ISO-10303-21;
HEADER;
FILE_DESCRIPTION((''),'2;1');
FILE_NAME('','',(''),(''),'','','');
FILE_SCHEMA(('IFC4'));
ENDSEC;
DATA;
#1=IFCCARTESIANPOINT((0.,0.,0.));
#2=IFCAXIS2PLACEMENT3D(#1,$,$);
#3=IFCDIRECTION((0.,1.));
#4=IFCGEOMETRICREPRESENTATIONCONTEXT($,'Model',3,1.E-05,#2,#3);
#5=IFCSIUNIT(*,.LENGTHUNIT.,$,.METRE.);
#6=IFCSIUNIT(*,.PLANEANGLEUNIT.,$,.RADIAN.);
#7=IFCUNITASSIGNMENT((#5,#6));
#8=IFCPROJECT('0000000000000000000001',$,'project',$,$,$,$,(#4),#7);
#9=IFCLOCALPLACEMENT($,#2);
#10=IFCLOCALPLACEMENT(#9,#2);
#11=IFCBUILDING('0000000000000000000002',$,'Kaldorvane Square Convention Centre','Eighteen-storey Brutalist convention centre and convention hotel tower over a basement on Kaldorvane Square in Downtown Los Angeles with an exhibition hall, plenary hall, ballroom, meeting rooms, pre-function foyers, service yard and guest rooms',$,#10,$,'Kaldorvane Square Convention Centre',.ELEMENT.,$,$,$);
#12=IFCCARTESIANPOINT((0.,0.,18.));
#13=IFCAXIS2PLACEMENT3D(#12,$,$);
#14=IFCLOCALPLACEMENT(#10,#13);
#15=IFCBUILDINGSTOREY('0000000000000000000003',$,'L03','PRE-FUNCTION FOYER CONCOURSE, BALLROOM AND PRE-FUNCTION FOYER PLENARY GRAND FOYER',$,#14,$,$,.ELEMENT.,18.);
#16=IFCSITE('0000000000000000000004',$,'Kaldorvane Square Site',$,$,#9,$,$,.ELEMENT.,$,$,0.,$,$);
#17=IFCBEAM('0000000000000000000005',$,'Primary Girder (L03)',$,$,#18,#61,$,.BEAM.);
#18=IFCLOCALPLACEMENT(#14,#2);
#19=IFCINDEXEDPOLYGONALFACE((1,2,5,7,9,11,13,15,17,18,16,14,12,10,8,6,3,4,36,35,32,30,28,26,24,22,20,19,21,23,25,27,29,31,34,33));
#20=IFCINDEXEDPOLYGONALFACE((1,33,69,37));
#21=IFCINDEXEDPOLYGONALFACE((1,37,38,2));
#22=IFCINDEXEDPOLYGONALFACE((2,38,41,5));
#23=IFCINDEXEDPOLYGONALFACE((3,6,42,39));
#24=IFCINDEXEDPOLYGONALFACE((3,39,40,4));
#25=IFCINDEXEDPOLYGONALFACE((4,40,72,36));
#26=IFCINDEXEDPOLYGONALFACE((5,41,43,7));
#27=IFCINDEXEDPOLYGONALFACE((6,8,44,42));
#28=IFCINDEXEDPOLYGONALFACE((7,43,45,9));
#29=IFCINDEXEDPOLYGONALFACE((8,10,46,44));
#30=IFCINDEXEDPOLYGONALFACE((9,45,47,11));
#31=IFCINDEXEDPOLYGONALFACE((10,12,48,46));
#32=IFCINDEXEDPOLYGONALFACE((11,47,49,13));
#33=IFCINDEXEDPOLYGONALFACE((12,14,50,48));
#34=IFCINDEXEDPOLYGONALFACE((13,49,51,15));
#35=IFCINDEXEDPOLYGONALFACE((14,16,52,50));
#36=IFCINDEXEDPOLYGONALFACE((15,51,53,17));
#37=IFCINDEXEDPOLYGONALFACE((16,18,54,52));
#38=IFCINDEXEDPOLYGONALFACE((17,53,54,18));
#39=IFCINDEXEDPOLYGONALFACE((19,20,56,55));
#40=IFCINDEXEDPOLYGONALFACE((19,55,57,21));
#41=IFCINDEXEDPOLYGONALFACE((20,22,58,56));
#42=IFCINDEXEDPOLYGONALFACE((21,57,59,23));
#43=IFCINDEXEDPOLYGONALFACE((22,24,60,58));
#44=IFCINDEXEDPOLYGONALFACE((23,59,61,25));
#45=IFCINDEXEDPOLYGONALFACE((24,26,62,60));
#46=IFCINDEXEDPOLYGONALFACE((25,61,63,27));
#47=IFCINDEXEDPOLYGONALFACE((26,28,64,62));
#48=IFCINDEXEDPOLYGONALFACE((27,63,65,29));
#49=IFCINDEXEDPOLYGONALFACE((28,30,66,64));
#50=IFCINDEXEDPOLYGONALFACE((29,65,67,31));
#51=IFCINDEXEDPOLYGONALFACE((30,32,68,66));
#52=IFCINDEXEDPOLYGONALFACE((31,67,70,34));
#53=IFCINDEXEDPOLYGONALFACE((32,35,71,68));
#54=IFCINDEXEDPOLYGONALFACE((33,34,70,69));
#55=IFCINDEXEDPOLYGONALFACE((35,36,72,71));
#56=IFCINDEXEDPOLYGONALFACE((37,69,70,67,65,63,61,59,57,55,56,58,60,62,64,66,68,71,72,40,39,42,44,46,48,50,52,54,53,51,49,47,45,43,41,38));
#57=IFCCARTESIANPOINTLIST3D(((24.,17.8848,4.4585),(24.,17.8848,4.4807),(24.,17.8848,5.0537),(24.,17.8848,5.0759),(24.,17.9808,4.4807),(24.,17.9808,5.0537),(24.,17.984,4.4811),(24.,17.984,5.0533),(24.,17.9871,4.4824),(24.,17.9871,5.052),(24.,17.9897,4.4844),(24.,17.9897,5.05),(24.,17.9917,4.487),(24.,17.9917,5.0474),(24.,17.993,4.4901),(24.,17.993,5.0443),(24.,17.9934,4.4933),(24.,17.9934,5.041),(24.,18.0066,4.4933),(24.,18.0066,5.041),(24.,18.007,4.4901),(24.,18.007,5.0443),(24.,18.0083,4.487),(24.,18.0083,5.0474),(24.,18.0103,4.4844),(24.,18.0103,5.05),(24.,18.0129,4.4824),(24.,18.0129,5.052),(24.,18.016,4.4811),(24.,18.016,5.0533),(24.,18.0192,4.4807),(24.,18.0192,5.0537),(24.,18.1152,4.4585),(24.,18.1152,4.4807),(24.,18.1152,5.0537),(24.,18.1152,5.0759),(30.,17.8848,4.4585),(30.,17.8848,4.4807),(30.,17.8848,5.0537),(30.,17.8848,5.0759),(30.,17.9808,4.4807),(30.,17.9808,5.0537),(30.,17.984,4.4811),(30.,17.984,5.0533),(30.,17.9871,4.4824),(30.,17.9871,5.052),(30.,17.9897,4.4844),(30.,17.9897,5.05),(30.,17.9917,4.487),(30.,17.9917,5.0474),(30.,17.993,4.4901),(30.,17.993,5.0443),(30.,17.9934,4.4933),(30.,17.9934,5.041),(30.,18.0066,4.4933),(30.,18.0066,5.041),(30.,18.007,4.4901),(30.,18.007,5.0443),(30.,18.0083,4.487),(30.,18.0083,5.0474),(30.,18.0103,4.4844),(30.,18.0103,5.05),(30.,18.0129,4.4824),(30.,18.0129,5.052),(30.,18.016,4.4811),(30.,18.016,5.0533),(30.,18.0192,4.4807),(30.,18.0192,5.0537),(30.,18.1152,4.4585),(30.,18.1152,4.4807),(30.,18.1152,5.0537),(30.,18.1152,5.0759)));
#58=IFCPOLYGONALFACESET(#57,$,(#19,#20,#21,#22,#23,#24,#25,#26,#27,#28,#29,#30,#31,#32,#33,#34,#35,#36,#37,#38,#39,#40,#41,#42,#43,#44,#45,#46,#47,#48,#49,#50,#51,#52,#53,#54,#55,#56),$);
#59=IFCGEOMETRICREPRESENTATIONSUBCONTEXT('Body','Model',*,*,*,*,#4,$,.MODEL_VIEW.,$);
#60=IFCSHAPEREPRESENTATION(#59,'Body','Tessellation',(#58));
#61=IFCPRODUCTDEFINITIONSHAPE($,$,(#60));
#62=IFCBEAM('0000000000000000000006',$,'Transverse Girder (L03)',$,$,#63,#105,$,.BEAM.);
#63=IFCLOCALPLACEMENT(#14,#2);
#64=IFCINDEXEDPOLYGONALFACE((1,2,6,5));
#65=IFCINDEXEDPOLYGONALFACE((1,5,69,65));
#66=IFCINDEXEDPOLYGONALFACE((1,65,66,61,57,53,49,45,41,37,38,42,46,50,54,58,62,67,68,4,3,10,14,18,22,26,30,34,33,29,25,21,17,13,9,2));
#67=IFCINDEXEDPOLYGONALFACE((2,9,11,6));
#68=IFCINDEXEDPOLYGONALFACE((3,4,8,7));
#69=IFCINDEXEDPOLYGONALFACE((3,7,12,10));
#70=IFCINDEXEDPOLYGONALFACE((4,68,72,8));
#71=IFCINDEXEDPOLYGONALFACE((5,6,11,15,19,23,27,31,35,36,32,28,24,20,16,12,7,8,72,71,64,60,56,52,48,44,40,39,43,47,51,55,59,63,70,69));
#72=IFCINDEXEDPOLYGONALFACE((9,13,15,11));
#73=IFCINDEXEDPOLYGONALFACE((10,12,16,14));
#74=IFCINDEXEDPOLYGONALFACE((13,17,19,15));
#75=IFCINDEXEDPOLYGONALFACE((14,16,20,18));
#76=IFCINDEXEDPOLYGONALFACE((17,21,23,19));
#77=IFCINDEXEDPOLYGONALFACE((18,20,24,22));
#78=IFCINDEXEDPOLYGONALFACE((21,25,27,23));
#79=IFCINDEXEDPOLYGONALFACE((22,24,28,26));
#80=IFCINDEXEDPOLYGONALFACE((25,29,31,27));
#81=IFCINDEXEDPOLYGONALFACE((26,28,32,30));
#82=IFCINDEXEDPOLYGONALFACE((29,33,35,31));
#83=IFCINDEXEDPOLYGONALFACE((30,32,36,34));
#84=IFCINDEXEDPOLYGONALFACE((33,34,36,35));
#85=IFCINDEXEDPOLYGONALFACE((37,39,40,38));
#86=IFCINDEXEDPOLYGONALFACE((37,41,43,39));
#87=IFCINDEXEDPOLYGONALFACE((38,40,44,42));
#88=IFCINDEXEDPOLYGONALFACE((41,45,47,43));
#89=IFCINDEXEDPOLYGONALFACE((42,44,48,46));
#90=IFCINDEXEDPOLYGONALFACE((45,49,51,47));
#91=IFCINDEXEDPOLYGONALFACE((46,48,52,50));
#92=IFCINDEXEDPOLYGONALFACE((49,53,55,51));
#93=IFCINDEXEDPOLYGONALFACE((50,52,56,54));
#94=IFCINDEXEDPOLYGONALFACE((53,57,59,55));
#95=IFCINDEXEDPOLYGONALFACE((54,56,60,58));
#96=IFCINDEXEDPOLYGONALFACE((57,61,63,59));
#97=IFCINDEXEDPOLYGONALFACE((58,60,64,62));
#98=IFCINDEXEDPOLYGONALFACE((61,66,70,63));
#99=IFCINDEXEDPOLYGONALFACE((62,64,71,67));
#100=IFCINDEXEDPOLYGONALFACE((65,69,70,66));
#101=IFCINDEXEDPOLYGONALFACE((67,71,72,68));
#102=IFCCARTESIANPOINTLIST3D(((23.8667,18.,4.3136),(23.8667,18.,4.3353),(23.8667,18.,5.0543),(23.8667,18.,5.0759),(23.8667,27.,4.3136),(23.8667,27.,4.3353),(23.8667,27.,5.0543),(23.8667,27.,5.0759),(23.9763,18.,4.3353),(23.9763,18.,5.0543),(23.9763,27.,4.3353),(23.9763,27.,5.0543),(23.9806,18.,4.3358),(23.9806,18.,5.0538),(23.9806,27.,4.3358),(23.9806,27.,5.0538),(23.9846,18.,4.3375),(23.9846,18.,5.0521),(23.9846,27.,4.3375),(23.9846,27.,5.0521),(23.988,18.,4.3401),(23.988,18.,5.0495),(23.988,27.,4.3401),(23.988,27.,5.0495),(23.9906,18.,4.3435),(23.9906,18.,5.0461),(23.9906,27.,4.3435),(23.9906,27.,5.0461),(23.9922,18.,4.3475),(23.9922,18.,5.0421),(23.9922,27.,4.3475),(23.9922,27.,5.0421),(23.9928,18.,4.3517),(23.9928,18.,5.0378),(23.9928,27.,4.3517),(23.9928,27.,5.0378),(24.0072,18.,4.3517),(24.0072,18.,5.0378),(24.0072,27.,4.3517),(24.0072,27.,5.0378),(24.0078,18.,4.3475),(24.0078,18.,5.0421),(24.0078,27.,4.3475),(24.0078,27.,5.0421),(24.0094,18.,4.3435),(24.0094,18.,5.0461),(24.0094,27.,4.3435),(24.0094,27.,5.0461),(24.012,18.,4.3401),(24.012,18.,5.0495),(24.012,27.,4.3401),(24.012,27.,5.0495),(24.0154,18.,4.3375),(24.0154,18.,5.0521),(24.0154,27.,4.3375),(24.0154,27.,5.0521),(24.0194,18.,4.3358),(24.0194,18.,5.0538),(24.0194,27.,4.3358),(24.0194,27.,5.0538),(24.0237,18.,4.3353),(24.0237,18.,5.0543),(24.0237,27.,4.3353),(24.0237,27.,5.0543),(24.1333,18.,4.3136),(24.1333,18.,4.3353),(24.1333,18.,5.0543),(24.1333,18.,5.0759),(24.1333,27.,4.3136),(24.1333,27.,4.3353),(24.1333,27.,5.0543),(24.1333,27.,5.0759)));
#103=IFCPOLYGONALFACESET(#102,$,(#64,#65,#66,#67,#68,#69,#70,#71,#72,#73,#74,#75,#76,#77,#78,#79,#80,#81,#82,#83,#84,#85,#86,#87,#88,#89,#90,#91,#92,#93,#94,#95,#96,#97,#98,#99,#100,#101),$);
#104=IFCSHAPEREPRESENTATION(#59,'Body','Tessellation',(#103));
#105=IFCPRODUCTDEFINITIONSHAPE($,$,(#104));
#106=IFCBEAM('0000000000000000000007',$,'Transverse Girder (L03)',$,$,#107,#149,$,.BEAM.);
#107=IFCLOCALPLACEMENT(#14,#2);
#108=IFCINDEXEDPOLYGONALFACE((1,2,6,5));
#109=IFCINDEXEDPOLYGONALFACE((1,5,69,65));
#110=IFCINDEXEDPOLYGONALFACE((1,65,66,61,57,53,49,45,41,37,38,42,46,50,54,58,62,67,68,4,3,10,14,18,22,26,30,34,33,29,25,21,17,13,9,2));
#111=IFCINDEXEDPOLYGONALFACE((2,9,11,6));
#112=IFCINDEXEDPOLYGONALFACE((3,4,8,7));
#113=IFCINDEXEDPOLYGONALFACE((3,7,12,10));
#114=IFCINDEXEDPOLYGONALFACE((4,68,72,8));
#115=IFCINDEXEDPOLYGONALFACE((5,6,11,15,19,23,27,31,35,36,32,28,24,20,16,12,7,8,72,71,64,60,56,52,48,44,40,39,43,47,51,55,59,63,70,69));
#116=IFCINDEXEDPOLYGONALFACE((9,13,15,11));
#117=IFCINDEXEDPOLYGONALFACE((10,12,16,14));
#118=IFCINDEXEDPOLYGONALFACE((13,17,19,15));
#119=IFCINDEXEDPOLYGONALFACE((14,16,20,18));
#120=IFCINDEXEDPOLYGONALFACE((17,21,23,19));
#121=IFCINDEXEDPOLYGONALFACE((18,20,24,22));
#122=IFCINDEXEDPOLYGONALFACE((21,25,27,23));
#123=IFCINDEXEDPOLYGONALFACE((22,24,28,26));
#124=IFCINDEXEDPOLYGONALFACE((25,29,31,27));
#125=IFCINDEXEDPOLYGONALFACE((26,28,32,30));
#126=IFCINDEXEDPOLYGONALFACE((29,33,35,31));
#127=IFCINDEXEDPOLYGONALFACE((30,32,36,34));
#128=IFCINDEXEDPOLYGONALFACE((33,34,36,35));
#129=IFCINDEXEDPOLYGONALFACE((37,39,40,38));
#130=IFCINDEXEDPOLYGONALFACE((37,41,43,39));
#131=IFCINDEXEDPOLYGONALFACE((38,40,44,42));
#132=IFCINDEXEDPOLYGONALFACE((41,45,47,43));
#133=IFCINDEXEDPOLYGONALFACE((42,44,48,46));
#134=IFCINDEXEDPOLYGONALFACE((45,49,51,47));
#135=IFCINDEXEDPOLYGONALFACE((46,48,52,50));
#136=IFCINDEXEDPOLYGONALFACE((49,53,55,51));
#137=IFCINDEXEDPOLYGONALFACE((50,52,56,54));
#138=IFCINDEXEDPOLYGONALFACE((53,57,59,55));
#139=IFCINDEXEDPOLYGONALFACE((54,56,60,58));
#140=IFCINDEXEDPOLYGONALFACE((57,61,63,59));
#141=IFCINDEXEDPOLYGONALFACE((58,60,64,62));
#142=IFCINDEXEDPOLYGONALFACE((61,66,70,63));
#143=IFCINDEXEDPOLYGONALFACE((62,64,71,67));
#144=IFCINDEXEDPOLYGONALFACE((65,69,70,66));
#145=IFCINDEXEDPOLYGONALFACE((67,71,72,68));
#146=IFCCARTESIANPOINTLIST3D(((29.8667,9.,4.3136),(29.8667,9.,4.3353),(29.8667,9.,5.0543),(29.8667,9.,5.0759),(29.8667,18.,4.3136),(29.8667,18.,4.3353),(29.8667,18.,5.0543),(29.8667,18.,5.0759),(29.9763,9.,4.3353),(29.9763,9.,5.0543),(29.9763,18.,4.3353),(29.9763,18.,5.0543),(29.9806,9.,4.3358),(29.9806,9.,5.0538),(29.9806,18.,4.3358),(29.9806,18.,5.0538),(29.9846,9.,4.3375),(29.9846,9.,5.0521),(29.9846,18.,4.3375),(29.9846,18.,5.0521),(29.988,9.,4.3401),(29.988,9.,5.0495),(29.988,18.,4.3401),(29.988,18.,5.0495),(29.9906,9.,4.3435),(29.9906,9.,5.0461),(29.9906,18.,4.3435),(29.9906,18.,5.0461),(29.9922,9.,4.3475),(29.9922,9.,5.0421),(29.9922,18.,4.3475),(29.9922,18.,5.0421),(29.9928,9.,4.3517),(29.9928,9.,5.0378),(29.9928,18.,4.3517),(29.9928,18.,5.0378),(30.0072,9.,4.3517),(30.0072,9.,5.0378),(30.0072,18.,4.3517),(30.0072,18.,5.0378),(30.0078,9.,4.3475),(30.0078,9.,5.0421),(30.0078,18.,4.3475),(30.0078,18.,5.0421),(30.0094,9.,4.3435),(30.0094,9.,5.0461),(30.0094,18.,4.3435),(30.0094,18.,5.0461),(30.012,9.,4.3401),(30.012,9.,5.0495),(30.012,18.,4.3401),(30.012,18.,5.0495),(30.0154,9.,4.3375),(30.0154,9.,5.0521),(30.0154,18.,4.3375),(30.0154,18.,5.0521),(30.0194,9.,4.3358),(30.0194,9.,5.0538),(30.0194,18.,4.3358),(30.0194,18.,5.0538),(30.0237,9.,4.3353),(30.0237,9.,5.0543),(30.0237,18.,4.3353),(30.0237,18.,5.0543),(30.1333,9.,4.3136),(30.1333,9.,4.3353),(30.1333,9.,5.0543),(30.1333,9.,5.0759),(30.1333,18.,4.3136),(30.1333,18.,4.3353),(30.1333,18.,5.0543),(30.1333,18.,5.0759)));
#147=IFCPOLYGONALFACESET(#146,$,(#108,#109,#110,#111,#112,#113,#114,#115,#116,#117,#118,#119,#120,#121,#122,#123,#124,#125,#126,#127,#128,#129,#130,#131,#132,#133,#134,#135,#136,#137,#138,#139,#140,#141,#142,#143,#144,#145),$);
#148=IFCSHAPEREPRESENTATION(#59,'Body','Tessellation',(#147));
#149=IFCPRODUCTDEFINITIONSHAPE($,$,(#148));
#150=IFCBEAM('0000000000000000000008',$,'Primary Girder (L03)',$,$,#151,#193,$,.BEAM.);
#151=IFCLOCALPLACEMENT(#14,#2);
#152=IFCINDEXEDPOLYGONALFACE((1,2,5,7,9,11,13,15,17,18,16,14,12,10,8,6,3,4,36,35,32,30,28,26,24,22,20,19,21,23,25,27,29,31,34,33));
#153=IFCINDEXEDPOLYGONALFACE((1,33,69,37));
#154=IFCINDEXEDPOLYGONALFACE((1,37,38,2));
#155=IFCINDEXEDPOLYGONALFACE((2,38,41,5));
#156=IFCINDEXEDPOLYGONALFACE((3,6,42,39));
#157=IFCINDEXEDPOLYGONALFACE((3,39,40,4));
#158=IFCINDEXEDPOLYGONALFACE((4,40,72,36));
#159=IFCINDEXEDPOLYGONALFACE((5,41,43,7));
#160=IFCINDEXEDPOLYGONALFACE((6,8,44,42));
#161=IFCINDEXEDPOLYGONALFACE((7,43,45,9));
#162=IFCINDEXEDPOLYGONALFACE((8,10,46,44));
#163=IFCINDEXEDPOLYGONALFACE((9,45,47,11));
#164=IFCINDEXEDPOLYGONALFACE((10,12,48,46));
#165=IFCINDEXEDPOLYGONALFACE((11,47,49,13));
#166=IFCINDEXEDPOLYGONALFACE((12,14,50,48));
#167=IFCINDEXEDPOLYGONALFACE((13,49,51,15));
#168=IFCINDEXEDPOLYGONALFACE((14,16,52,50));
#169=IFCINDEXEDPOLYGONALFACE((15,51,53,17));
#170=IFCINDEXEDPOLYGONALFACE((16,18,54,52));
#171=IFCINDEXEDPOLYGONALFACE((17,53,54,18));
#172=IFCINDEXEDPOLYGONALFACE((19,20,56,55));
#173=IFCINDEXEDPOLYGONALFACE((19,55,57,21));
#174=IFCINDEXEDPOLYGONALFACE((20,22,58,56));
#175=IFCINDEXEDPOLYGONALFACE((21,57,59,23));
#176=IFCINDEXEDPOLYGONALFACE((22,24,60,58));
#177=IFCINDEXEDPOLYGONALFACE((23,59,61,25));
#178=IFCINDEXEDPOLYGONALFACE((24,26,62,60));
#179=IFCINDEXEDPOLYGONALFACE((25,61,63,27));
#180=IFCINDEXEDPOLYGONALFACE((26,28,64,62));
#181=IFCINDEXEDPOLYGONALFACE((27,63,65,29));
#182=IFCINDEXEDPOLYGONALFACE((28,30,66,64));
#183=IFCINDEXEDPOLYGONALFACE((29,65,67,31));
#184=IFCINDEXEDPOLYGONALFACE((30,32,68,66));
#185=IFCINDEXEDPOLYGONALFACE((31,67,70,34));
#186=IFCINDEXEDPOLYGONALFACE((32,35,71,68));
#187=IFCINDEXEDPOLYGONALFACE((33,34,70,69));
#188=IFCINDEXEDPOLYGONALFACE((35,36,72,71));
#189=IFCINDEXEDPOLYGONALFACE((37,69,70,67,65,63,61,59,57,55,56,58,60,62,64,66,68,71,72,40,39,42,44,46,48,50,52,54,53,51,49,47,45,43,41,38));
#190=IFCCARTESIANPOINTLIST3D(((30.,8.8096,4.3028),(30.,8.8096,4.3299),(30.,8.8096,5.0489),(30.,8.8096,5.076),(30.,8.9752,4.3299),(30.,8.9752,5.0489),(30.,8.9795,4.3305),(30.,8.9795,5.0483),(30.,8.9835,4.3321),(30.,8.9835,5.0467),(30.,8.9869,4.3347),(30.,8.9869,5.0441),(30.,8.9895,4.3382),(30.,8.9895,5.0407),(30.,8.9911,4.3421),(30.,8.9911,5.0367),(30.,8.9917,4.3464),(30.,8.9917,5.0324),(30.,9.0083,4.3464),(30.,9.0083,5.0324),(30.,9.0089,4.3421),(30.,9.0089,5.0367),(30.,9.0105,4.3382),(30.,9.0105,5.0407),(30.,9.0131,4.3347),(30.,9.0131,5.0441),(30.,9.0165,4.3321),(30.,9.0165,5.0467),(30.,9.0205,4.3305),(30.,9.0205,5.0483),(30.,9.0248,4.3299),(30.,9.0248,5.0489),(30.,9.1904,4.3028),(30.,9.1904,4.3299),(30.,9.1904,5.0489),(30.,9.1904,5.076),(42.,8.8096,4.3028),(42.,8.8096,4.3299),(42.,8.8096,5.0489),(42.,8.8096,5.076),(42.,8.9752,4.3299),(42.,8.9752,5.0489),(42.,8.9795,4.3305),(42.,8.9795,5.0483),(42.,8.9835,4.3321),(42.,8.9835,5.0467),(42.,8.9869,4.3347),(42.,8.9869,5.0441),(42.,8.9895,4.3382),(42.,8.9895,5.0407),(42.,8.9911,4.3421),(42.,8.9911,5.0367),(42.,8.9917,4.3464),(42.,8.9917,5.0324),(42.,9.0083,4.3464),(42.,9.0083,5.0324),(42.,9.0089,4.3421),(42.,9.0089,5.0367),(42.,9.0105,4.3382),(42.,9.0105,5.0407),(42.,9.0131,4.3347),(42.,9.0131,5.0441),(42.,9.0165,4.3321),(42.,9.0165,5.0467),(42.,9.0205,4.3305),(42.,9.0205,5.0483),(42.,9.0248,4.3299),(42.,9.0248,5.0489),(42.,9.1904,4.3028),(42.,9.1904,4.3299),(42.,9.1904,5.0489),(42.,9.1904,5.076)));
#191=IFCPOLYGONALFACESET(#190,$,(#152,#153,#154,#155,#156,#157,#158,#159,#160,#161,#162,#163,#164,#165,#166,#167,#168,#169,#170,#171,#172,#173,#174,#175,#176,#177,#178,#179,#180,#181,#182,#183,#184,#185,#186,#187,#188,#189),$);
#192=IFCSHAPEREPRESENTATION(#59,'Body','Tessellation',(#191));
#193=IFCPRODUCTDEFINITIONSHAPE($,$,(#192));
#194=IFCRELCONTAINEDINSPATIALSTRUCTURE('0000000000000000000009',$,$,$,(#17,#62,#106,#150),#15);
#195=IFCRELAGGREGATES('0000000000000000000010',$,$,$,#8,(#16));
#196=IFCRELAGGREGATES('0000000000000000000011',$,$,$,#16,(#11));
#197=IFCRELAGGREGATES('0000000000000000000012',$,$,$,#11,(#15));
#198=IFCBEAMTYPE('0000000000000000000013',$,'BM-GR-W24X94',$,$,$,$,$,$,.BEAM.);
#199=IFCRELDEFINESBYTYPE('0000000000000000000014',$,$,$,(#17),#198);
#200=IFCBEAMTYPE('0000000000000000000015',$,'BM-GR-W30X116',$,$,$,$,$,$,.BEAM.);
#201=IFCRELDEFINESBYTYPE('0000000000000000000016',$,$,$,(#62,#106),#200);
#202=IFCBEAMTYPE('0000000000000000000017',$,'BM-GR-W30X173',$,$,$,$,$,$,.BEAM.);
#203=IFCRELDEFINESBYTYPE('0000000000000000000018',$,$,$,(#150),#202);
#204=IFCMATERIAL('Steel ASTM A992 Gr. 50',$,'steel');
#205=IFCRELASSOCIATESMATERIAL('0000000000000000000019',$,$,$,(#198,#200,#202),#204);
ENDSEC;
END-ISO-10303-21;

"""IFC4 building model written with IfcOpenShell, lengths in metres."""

from ifc_helpers import new_model, si_unit, direction, frame, origin, origin_2d, place, context, subcontext, project, spatial, i_section, extrude, material, material_profile, profile_set, type_object, element, save


model = new_model("IFC4")

# Units and contexts
model_context = context("Model", 3, precision=1e-05, world=origin(), true_north=direction((0.0, 1.0)))
body_context = subcontext(model_context, "Body", "Model", "MODEL_VIEW")
ifc_project = project(units=[si_unit("LENGTHUNIT", "METRE"), si_unit("PLANEANGLEUNIT", "RADIAN")], contexts=[model_context])

# Site, building, storey
site_placement = place(None, origin())
site = spatial("IfcSite", under=ifc_project, at=site_placement, Name="Kaldorvane Square Site", CompositionType="ELEMENT", RefElevation=0.0)
building_placement = place(site_placement, origin())
building = spatial("IfcBuilding", under=site, at=building_placement, Name="Kaldorvane Square Convention Centre", Description="Eighteen-storey Brutalist convention centre and convention hotel tower over a basement on Kaldorvane Square in Downtown Los Angeles with an exhibition hall, plenary hall, ballroom, meeting rooms, pre-function foyers, service yard and guest rooms", LongName="Kaldorvane Square Convention Centre", CompositionType="ELEMENT")
storey_placement = place(building_placement, frame((0.0, 0.0, 18.0)))
storey = spatial("IfcBuildingStorey", under=building, at=storey_placement, Name="L03", Description="PRE-FUNCTION FOYER CONCOURSE, BALLROOM AND PRE-FUNCTION FOYER PLENARY GRAND FOYER", CompositionType="ELEMENT", Elevation=18.0)

# Shared definitions
ifc_material_1 = material(Name="Steel ASTM A992 Gr. 50", Category="steel")

# Beams
ifc_material_profile_1 = material_profile(ifc_material_1, i_section(OverallWidth=0.2303, OverallDepth=0.6175, WebThickness=0.0131, FlangeThickness=0.0222, FilletRadius=0.0127, at=origin_2d()), Name="W24X94")
ifc_profile_set_1 = profile_set([ifc_material_profile_1], Name="Steel ASTM A992 Gr. 50")
beam_type_1 = type_object("IfcBeamType", Name="BM-GR-W24X94", PredefinedType="BEAM", material=ifc_profile_set_1)
beam_1_placement = place(storey_placement, frame((24.0, 18.0, 4.7672), z_axis=(1.0, 0.0, 0.0), x_axis=(0.0, 1.0, 0.0)))
element("IfcBeam", 1, at=beam_1_placement, inside=storey, type_object=beam_type_1, Name="Primary Girder (L03)", PredefinedType="BEAM", context=body_context, shape_type="SweptSolid", body=[
    extrude(i_section(OverallWidth=0.2303, OverallDepth=0.6175, WebThickness=0.0131, FlangeThickness=0.0222, FilletRadius=0.0127, at=origin_2d()), origin(), (0.0, 0.0, 1.0), 6.0),
])
ifc_material_profile_2 = material_profile(ifc_material_1, i_section(OverallWidth=0.2666, OverallDepth=0.7623, WebThickness=0.0144, FlangeThickness=0.0216, FilletRadius=0.0165, at=origin_2d()), Name="W30X116")
ifc_profile_set_2 = profile_set([ifc_material_profile_2], Name="Steel ASTM A992 Gr. 50")
beam_type_2 = type_object("IfcBeamType", Name="BM-GR-W30X116", PredefinedType="BEAM", material=ifc_profile_set_2)
for number, where, z_axis, x_axis, name in (
    (2, (24.0, 18.0, 4.6948), (0.0, 1.0, 0.0), (-1.0, 0.0, 0.0), "Transverse Girder (L03)"),
    (3, (30.0, 9.0, 4.6948), (0.0, 1.0, 0.0), (-1.0, 0.0, 0.0), "Transverse Girder (L03)"),
):
    element("IfcBeam", number, at=place(storey_placement, frame(where, z_axis=z_axis, x_axis=x_axis)), inside=storey, type_object=beam_type_2, Name=name, PredefinedType="BEAM", context=body_context, shape_type="SweptSolid", body=[
        extrude(i_section(OverallWidth=0.2666, OverallDepth=0.7623, WebThickness=0.0144, FlangeThickness=0.0216, FilletRadius=0.0165, at=origin_2d()), origin(), (0.0, 0.0, 1.0), 9.0),
    ])
ifc_material_profile_3 = material_profile(ifc_material_1, i_section(OverallWidth=0.3807, OverallDepth=0.7732, WebThickness=0.0166, FlangeThickness=0.0271, FilletRadius=0.0165, at=origin_2d()), Name="W30X173")
ifc_profile_set_3 = profile_set([ifc_material_profile_3], Name="Steel ASTM A992 Gr. 50")
beam_type_3 = type_object("IfcBeamType", Name="BM-GR-W30X173", PredefinedType="BEAM", material=ifc_profile_set_3)
for number, where, z_axis, x_axis, name in (
    (4, (30.0, 9.0, 4.6894), (1.0, 0.0, 0.0), (0.0, 1.0, 0.0), "Primary Girder (L03)"),
):
    element("IfcBeam", number, at=place(storey_placement, frame(where, z_axis=z_axis, x_axis=x_axis)), inside=storey, type_object=beam_type_3, Name=name, PredefinedType="BEAM", context=body_context, shape_type="SweptSolid", body=[
        extrude(i_section(OverallWidth=0.3807, OverallDepth=0.7732, WebThickness=0.0166, FlangeThickness=0.0271, FilletRadius=0.0165, at=origin_2d()), origin(), (0.0, 0.0, 1.0), 12.0),
    ])

save(model, "model.ifc")
